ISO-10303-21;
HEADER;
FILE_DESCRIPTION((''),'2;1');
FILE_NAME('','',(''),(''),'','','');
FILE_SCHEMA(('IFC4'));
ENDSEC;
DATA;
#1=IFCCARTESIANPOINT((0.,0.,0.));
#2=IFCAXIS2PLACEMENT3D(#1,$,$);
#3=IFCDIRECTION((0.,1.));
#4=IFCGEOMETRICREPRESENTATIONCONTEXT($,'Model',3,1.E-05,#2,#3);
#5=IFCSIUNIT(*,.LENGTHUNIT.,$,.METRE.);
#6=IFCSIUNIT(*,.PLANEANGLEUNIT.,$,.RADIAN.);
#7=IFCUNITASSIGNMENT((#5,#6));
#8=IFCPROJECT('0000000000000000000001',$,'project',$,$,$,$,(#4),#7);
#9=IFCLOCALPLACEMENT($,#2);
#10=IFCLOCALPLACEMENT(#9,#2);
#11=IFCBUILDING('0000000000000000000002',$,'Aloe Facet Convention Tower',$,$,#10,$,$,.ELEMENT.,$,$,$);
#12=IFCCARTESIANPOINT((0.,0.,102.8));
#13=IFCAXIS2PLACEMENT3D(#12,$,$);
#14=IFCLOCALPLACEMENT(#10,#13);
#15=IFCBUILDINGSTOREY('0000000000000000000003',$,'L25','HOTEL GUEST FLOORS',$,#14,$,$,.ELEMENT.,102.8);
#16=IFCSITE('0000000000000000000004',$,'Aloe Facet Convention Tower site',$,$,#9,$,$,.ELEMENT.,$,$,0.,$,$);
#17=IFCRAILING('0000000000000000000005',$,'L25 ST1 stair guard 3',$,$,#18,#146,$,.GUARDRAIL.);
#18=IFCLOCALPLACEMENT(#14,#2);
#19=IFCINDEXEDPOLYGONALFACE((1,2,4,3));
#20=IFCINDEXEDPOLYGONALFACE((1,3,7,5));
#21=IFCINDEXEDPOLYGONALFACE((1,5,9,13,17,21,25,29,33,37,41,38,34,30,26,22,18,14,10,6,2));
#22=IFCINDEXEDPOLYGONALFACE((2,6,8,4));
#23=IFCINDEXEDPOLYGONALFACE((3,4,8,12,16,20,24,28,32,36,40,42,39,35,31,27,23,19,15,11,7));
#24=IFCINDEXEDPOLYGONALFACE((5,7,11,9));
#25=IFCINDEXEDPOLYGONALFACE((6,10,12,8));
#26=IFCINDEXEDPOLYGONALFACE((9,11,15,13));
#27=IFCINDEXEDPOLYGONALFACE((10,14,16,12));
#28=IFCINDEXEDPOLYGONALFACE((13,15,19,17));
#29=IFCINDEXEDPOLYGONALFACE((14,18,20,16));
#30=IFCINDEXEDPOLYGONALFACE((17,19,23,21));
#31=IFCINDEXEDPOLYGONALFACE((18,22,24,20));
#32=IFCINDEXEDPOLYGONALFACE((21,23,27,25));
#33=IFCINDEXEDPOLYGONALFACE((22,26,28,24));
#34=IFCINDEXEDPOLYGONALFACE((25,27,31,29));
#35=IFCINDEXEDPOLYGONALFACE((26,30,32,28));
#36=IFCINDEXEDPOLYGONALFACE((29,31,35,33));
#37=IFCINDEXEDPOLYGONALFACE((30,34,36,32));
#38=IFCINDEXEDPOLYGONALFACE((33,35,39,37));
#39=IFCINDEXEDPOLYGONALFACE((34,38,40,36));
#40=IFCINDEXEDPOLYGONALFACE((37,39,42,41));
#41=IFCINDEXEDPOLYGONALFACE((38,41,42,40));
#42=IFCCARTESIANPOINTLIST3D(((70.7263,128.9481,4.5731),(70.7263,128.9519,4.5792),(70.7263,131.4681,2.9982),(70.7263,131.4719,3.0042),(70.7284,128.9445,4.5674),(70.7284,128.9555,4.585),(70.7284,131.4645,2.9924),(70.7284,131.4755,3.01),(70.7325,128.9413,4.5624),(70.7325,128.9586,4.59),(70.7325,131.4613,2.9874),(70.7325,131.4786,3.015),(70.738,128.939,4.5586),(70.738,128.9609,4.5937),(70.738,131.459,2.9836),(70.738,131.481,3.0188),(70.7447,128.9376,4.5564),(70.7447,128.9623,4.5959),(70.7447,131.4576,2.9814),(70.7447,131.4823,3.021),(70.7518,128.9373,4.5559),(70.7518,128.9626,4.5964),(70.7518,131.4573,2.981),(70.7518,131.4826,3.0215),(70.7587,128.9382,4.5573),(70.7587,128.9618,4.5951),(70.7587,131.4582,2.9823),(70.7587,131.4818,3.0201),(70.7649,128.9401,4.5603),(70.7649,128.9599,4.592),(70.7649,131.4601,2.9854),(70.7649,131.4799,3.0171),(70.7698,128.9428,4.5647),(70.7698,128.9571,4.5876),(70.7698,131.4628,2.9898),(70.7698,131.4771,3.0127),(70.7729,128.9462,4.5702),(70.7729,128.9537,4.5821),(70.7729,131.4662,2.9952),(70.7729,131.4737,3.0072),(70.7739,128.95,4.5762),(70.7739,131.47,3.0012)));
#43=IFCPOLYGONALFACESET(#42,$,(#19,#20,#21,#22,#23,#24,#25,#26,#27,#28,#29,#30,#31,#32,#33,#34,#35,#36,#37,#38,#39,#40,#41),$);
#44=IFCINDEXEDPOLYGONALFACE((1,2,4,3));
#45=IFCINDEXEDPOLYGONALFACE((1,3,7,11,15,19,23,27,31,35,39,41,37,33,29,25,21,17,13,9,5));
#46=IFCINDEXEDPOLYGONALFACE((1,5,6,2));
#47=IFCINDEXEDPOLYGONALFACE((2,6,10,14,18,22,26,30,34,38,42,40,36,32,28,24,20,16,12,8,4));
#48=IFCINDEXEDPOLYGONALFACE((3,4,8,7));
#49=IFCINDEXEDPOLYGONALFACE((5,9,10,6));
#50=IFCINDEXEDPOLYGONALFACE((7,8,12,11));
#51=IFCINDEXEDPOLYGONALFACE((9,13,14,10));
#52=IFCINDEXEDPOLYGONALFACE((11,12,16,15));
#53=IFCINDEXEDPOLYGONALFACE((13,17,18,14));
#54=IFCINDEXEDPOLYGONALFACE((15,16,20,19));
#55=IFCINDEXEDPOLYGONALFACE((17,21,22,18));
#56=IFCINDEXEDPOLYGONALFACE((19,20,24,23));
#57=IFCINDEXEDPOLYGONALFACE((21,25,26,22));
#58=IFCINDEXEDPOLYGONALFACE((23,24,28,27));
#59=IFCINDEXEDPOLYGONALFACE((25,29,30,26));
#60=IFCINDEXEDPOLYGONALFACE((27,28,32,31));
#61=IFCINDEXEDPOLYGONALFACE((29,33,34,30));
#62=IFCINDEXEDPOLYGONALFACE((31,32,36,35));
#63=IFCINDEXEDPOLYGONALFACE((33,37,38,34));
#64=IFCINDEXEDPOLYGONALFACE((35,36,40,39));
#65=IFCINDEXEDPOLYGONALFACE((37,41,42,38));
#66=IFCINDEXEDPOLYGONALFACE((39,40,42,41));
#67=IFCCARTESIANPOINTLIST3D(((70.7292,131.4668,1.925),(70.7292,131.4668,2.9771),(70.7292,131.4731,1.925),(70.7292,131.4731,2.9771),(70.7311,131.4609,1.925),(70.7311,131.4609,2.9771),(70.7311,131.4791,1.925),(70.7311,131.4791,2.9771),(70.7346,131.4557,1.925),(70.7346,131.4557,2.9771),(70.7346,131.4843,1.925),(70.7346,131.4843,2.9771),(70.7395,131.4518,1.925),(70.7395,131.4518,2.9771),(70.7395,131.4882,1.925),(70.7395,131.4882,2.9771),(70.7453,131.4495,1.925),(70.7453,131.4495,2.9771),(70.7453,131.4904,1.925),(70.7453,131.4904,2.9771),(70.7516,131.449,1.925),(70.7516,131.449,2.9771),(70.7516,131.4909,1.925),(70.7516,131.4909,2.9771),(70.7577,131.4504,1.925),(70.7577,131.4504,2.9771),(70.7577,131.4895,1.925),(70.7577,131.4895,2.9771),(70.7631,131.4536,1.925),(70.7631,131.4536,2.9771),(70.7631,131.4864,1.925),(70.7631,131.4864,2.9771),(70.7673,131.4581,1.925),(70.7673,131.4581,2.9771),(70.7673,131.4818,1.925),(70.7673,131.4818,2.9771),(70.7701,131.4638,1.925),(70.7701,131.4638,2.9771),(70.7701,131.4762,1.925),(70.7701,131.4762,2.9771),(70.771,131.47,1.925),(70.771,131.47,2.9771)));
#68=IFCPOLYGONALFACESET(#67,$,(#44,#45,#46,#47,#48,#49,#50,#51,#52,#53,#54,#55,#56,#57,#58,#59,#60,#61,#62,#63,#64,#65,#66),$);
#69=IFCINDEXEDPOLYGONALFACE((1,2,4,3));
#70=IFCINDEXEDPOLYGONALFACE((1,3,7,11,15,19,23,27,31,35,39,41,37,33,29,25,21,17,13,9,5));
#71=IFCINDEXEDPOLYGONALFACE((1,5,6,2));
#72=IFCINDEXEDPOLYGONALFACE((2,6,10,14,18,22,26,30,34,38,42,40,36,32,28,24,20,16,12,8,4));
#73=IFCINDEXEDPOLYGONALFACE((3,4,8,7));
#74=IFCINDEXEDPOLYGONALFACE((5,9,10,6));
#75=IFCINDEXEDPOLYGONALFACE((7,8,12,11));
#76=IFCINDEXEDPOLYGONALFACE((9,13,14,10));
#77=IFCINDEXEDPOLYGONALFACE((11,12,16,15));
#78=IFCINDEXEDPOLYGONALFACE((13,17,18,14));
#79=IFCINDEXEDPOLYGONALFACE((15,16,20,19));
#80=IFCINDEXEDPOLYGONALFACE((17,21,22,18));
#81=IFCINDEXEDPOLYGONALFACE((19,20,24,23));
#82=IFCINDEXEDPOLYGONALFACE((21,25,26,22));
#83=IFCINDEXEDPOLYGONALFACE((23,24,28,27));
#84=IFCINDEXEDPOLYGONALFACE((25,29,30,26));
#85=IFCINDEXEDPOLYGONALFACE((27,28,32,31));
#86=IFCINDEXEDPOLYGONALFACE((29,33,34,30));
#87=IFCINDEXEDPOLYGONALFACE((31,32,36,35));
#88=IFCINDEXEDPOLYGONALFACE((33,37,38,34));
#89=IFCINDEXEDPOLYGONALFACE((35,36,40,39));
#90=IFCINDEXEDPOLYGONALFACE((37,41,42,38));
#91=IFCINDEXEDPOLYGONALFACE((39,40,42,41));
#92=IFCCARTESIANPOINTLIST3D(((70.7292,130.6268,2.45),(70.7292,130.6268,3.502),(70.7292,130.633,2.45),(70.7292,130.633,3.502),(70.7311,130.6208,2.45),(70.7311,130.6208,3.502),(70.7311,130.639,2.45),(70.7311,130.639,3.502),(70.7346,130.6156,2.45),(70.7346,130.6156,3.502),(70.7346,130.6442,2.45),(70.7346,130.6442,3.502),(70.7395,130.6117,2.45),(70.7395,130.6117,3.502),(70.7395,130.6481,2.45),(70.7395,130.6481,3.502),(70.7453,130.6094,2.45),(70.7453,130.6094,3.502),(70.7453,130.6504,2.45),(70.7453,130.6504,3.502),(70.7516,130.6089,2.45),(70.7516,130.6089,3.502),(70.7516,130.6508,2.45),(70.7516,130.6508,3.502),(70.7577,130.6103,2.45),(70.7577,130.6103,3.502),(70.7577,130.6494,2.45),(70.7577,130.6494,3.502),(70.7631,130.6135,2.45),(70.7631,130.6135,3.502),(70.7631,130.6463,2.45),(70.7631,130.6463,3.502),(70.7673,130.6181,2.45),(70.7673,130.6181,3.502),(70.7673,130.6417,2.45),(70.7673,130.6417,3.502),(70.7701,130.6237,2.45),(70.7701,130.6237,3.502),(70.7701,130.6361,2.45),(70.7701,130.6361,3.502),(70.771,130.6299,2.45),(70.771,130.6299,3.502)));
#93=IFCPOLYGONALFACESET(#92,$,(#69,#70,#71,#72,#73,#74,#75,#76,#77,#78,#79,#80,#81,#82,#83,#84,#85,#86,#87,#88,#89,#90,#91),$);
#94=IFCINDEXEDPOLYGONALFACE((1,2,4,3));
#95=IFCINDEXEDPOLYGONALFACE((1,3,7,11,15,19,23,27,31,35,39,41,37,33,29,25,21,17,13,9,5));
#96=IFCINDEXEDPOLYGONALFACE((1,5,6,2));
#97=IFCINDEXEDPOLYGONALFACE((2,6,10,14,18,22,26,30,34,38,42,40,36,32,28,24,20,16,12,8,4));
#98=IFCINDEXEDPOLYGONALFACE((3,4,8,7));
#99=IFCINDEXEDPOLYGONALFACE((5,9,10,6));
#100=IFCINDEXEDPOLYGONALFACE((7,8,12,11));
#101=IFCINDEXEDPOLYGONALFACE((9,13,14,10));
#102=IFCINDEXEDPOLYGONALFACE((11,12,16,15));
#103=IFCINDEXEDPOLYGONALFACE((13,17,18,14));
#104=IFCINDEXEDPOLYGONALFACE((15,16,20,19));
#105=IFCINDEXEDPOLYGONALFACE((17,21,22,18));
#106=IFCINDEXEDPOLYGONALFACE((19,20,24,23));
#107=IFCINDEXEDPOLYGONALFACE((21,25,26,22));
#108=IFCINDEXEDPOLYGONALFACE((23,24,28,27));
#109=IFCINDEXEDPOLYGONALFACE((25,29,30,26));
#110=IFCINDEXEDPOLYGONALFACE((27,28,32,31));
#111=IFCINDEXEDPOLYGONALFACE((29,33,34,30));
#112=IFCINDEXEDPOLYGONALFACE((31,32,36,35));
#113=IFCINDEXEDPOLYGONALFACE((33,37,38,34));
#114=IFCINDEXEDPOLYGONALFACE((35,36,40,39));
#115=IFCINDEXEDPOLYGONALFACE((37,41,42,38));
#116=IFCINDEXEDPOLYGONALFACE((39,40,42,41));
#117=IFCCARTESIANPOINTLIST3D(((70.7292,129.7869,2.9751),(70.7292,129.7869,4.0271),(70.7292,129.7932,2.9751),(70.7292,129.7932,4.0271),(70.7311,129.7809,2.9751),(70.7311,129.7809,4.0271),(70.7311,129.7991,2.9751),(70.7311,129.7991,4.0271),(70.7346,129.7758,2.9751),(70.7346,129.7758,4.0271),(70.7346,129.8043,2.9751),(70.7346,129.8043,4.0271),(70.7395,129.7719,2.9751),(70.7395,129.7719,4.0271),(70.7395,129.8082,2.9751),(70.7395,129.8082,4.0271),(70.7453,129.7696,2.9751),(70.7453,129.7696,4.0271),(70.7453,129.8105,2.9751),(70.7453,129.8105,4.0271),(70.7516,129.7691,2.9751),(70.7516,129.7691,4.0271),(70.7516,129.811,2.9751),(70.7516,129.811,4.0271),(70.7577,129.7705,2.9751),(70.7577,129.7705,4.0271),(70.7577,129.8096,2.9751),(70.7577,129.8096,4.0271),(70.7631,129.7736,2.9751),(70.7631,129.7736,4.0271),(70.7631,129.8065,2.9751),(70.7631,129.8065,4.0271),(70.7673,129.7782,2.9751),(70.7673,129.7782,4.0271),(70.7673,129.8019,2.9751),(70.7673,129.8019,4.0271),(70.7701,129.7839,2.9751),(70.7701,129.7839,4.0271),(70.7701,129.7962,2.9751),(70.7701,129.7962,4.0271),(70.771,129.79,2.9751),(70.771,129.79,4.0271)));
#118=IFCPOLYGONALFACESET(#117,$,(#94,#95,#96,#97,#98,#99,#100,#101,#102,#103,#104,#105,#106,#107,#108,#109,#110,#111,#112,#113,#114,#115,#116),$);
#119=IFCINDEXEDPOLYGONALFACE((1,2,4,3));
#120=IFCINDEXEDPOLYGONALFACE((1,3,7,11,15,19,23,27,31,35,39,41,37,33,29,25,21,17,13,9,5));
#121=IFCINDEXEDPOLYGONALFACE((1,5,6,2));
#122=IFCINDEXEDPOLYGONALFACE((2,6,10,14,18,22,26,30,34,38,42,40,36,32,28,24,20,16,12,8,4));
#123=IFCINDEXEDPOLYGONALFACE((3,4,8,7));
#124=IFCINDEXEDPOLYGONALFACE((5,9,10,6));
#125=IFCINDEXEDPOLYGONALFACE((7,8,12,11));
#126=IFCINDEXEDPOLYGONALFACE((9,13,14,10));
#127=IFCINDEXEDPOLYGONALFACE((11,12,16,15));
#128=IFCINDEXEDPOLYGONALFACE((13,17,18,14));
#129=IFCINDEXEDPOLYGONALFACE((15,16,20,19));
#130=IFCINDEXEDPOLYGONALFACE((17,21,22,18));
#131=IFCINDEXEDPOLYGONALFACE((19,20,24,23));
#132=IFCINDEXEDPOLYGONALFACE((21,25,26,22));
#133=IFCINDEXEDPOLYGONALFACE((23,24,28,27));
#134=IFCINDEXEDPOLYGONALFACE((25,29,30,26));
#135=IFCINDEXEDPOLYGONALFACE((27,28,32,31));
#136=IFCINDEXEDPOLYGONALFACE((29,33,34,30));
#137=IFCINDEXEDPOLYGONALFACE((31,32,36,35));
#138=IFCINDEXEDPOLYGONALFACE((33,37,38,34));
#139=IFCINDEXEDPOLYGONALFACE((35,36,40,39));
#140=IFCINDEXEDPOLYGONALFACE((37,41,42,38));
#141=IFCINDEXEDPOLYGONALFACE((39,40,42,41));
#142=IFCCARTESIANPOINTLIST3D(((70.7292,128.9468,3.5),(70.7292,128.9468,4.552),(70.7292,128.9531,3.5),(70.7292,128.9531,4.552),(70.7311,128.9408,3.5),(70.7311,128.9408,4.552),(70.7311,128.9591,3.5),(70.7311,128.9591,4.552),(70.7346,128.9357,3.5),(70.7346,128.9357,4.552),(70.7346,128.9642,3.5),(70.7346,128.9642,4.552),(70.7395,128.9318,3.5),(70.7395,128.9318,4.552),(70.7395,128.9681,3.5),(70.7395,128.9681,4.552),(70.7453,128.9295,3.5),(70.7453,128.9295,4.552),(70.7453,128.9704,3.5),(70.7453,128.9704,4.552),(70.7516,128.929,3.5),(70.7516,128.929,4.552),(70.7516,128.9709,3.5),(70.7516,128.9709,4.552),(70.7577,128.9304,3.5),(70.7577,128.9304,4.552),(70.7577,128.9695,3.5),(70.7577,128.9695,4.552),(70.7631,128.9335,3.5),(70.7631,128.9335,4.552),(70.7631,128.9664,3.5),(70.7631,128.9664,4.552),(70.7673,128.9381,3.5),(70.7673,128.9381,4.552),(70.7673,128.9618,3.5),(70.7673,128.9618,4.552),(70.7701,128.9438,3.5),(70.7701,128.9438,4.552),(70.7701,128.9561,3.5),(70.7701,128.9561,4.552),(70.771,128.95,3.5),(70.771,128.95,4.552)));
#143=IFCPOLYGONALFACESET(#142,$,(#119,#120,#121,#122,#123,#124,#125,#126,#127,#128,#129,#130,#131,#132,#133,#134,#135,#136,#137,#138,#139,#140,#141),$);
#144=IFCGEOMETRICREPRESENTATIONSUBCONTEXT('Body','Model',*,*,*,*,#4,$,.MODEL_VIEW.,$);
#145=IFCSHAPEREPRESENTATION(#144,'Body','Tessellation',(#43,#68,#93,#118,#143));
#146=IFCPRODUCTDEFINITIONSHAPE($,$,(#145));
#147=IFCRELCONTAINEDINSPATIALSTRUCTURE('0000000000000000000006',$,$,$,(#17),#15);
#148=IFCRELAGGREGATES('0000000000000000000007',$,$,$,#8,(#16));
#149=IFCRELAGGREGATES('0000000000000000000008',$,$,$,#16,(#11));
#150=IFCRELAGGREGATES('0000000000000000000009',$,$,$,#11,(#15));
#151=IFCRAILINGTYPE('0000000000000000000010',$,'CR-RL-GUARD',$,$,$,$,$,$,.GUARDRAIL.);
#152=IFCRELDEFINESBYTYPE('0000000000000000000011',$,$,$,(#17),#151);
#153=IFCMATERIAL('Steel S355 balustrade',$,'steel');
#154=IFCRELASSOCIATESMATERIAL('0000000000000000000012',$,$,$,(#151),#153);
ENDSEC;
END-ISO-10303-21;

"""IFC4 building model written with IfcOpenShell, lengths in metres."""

from ifc_helpers import new_model, si_unit, direction, frame, origin, origin_2d, place, context, subcontext, project, spatial, circle, extrude, material, type_object, element, save


model = new_model("IFC4")

# Units and contexts
model_context = context("Model", 3, precision=1e-05, world=origin(), true_north=direction((0.0, 1.0)))
body_context = subcontext(model_context, "Body", "Model", "MODEL_VIEW")
ifc_project = project(units=[si_unit("LENGTHUNIT", "METRE"), si_unit("PLANEANGLEUNIT", "RADIAN")], contexts=[model_context])

# Site, building, storey
site_placement = place(None, origin())
site = spatial("IfcSite", under=ifc_project, at=site_placement, Name="Aloe Facet Convention Tower site", CompositionType="ELEMENT", RefElevation=0.0)
building_placement = place(site_placement, origin())
building = spatial("IfcBuilding", under=site, at=building_placement, Name="Aloe Facet Convention Tower", CompositionType="ELEMENT")
storey_placement = place(building_placement, frame((0.0, 0.0, 102.8)))
storey = spatial("IfcBuildingStorey", under=building, at=storey_placement, Name="L25", Description="HOTEL GUEST FLOORS", CompositionType="ELEMENT", Elevation=102.8)

# Railing
ifc_material_1 = material(Name="Steel S355 balustrade", Category="steel")
railing_type_1 = type_object("IfcRailingType", Name="CR-RL-GUARD", PredefinedType="GUARDRAIL", material=ifc_material_1)
railing_1_placement = place(storey_placement, frame((70.75, 131.47, 1.925)))
element("IfcRailing", 1, at=railing_1_placement, inside=storey, type_object=railing_type_1, Name="L25 ST1 stair guard 3", PredefinedType="GUARDRAIL", context=body_context, shape_type="SweptSolid", body=[
    extrude(circle(Radius=0.0239, at=origin_2d()), frame((0.0, 0.0, 1.0762), z_axis=(0.0, -0.848008, 0.529984), x_axis=(1.0, 0.0, 0.0)), (0.0, 0.0, 1.0), 2.9717),
    extrude(circle(Radius=0.021, at=origin_2d()), origin(), (0.0, 0.0, 1.0), 1.052),
    extrude(circle(Radius=0.021, at=origin_2d()), frame((0.0, -0.8401, 0.5249)), (0.0, 0.0, 1.0), 1.052),
    extrude(circle(Radius=0.021, at=origin_2d()), frame((0.0, -1.6799, 1.05)), (0.0, 0.0, 1.0), 1.052),
    extrude(circle(Radius=0.021, at=origin_2d()), frame((0.0, -2.52, 1.575)), (0.0, 0.0, 1.0), 1.052),
])

save(model, "model.ifc")
